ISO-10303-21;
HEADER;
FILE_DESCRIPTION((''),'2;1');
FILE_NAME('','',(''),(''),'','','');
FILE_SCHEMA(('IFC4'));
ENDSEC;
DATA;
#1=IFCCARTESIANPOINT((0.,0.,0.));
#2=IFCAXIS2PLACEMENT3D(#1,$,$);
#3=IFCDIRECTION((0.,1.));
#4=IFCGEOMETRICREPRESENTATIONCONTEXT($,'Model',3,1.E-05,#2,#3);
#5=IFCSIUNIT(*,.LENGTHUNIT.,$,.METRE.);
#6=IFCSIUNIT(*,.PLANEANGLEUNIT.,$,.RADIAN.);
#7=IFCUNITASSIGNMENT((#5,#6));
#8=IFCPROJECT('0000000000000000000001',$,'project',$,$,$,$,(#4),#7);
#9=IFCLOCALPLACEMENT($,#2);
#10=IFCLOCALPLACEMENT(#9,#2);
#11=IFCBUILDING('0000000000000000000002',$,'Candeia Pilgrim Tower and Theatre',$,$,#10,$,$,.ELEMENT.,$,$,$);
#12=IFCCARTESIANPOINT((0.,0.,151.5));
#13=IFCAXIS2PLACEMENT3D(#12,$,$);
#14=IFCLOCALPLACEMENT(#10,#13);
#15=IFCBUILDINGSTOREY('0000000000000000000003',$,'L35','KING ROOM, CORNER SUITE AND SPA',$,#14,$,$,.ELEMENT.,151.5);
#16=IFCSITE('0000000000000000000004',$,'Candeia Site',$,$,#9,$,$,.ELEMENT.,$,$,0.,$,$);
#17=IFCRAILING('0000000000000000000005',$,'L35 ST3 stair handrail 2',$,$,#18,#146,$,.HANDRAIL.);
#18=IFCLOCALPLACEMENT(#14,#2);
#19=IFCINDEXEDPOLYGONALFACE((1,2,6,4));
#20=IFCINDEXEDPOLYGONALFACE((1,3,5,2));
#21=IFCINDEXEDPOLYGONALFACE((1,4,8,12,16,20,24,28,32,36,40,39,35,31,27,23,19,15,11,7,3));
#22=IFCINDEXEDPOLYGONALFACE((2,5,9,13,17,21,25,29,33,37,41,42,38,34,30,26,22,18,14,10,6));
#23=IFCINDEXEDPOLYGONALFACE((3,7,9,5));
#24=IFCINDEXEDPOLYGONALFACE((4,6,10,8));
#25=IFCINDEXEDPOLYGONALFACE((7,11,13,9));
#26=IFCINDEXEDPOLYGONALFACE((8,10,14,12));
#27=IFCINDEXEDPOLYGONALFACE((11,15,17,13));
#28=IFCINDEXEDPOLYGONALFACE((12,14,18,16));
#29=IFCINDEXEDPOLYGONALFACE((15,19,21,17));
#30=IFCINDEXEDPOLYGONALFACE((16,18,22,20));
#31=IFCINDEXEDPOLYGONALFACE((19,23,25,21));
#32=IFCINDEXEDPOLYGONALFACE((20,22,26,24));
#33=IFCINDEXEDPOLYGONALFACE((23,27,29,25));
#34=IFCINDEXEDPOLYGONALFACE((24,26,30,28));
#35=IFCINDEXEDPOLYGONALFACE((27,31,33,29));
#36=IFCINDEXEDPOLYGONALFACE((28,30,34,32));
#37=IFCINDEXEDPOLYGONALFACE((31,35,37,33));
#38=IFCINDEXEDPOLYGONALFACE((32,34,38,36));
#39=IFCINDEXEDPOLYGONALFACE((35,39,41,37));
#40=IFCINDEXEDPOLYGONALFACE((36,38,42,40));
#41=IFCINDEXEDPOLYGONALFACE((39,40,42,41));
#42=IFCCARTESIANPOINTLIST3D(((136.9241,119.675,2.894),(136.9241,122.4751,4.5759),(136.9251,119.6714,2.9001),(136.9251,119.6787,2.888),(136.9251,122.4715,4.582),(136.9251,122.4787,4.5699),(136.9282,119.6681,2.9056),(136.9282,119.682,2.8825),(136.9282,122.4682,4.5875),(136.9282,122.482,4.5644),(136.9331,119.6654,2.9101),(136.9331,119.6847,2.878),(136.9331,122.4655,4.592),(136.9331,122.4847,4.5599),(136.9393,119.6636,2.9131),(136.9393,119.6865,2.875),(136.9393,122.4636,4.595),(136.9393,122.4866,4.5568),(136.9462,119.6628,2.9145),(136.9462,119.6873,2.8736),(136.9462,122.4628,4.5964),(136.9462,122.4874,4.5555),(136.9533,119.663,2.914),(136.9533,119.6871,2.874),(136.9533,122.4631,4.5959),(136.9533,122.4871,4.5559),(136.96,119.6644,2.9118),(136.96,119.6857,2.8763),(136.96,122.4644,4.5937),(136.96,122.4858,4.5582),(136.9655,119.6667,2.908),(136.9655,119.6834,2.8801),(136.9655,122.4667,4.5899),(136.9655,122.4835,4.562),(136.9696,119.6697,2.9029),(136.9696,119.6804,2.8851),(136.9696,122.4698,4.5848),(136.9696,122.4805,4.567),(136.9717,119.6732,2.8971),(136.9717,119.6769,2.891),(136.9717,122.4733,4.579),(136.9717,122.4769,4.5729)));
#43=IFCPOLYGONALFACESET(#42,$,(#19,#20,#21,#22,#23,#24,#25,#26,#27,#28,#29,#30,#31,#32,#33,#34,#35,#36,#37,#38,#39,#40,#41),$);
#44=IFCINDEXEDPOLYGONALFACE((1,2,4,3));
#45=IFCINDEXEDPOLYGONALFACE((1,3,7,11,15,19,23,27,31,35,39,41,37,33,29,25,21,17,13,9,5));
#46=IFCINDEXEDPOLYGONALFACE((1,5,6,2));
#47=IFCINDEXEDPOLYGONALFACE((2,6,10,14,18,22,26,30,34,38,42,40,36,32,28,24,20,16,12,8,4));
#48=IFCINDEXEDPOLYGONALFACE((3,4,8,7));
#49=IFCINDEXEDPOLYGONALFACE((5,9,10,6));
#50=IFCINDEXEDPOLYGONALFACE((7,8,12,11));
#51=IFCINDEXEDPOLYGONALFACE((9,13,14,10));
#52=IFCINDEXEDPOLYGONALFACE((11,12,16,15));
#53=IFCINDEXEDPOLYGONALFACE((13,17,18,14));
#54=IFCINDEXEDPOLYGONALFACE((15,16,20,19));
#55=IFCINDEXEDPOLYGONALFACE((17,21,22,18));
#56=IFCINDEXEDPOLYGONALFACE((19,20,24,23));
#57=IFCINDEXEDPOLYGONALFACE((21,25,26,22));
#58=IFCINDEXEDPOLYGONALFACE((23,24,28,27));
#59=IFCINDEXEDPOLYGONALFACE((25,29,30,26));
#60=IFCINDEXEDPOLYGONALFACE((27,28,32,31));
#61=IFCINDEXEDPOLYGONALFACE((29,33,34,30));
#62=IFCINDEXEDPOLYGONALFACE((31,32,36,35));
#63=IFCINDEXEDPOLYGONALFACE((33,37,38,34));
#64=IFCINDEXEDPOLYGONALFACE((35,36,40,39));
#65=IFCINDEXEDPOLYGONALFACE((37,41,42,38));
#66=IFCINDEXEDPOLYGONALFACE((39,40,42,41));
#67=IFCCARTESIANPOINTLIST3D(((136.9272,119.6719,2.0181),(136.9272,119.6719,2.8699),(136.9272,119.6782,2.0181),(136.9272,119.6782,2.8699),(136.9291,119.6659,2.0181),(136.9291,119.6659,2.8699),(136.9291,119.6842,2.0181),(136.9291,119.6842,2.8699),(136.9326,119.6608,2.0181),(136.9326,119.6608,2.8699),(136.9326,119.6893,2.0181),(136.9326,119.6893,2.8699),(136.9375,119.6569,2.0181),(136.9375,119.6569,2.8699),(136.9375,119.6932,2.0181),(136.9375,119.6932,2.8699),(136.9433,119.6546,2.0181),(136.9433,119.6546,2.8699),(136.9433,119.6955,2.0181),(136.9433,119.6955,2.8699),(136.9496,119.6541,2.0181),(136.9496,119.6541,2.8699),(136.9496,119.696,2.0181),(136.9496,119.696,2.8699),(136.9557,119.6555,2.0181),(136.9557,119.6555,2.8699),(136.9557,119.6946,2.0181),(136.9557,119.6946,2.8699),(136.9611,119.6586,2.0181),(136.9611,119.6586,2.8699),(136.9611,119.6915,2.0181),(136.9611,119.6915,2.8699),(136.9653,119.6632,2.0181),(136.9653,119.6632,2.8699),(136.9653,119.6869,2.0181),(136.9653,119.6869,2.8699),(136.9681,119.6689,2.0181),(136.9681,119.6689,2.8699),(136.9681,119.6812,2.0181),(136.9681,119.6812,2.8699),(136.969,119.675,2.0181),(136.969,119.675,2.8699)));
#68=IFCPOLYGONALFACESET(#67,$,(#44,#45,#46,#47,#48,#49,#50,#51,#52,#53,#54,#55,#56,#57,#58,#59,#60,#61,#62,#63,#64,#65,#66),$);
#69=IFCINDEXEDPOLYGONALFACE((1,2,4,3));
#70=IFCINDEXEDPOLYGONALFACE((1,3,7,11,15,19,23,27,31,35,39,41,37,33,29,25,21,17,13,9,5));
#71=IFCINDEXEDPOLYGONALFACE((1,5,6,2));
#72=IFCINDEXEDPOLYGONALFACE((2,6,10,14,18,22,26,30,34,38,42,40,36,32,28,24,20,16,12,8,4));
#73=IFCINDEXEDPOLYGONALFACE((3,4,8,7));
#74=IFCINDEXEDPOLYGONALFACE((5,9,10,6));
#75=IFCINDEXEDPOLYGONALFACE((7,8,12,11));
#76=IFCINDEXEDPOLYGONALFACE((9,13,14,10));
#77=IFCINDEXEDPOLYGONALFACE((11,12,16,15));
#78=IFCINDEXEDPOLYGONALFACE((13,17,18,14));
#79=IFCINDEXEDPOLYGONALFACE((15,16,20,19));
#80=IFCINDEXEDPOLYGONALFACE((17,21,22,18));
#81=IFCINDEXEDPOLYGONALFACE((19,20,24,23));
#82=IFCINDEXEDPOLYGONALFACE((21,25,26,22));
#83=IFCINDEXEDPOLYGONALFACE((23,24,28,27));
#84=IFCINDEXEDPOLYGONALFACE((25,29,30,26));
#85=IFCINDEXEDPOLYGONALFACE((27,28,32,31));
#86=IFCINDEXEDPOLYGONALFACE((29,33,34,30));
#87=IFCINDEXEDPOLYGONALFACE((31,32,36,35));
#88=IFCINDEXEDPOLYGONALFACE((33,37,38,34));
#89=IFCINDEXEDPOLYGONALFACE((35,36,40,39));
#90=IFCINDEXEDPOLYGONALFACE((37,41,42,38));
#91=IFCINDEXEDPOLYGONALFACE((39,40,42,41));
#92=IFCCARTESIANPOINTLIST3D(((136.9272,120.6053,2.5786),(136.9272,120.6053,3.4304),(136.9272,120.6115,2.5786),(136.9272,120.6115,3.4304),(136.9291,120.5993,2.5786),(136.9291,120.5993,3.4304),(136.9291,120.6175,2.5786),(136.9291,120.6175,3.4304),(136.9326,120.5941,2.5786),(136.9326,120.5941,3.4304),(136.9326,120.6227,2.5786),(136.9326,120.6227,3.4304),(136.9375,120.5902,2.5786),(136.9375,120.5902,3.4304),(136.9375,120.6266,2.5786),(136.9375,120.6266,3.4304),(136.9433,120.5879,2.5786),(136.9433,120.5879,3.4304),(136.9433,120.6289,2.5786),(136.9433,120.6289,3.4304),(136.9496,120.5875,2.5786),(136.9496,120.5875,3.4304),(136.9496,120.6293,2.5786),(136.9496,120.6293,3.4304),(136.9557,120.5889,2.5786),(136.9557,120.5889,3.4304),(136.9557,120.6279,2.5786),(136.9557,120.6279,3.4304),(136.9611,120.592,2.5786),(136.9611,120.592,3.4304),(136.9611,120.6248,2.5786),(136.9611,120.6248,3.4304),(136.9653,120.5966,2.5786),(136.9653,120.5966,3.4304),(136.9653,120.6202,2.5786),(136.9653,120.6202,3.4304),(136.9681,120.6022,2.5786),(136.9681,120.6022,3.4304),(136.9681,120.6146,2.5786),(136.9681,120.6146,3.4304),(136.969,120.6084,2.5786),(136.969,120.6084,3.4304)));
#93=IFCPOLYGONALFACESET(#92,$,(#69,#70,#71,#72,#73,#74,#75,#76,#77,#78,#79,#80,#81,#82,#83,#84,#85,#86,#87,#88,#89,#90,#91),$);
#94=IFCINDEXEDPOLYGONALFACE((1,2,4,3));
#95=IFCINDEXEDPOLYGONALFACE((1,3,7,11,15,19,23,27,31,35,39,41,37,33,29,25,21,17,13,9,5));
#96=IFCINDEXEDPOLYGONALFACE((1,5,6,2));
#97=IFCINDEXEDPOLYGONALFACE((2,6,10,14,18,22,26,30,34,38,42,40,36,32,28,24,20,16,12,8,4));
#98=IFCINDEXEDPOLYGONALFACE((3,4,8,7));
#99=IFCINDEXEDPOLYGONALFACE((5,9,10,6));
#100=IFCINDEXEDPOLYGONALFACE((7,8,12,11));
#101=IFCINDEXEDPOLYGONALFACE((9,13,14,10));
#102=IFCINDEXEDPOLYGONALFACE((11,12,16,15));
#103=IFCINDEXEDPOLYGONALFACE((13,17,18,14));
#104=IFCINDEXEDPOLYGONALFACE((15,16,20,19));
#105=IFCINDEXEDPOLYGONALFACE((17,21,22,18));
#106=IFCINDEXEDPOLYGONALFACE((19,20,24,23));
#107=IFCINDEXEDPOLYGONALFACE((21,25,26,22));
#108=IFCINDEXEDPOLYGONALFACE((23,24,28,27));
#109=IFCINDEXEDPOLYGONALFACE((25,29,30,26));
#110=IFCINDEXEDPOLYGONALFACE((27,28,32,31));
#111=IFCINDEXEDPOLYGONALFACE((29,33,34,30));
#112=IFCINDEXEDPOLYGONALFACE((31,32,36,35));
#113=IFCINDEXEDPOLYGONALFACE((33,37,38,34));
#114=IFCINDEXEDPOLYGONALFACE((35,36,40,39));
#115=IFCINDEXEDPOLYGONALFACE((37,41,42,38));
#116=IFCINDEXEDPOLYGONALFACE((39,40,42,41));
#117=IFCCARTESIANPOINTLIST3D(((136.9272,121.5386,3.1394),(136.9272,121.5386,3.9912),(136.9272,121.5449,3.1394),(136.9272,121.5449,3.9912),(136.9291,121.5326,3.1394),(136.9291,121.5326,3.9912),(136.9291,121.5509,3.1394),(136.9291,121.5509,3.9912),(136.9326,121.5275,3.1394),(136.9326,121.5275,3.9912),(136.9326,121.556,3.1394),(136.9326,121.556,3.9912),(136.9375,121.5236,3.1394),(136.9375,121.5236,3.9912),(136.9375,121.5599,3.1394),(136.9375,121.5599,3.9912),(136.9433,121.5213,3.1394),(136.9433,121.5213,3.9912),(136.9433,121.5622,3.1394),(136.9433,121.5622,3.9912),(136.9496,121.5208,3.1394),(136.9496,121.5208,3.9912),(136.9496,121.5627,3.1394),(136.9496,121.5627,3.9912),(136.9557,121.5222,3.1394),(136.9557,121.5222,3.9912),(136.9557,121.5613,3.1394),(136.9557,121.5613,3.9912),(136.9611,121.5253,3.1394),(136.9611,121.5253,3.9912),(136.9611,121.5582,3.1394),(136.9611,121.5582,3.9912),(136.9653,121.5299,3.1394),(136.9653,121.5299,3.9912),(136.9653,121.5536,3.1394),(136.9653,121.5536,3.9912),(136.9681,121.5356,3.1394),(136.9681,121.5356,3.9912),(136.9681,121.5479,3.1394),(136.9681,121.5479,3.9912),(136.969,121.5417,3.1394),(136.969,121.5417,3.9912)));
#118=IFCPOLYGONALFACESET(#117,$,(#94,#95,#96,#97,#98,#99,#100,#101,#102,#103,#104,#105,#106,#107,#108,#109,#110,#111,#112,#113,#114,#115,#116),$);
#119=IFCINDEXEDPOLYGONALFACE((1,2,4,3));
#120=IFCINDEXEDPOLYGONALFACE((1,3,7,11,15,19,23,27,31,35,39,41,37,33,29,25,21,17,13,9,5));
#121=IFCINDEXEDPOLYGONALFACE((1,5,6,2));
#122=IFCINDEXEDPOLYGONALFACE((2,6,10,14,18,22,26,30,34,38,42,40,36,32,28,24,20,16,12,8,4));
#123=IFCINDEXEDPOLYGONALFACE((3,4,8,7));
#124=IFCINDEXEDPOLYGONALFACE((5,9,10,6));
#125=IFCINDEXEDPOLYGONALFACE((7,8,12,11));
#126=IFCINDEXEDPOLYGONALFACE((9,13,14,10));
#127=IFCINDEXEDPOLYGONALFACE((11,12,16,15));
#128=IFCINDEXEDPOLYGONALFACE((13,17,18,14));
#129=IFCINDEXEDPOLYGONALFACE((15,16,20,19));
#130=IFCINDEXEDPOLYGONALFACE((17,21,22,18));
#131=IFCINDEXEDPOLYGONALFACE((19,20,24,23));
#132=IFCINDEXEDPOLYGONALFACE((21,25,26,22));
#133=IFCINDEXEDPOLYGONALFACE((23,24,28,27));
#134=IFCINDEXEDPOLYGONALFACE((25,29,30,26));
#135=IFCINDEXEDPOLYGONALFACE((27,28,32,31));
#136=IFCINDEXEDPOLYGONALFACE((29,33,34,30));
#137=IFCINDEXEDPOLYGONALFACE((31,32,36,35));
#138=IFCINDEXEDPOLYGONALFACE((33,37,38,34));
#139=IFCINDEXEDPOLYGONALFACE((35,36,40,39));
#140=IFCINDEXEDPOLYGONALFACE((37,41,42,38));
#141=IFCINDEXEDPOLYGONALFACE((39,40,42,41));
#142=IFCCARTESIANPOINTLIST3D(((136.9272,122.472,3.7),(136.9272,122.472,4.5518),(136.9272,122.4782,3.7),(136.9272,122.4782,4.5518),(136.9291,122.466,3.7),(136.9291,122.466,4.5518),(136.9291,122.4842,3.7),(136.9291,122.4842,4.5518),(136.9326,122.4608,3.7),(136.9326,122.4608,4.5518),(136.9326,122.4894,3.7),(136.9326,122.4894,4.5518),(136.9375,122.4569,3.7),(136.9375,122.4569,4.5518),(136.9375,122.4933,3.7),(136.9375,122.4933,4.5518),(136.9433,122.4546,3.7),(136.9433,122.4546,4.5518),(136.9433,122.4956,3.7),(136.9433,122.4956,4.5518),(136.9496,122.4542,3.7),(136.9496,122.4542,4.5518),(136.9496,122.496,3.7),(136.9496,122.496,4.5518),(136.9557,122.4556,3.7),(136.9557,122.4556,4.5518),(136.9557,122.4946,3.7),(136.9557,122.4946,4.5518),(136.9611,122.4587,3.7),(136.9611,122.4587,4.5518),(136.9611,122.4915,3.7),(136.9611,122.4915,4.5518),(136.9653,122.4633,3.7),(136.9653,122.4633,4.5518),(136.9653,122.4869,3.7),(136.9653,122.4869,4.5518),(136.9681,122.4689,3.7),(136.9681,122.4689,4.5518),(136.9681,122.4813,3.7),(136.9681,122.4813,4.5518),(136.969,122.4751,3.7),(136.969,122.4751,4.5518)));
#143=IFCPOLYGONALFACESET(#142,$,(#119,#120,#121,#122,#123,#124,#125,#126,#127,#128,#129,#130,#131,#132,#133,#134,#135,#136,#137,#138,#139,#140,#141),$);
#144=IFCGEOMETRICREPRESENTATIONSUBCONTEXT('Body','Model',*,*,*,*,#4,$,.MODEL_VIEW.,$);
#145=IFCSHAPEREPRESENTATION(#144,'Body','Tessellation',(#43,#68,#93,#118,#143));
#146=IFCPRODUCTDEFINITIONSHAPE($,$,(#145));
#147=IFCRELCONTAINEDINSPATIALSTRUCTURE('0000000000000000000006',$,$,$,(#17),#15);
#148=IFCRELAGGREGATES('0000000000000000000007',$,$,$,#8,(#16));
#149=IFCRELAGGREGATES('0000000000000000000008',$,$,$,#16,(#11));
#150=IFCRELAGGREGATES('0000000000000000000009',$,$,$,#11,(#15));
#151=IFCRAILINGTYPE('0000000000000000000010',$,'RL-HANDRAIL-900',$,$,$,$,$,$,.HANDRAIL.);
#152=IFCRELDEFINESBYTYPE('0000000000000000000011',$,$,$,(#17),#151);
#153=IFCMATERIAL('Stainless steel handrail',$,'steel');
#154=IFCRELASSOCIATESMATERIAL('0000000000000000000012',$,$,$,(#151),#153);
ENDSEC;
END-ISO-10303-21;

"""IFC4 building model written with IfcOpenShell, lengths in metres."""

from ifc_helpers import new_model, si_unit, direction, frame, origin, origin_2d, place, context, subcontext, project, spatial, circle, extrude, material, type_object, element, save


model = new_model("IFC4")

# Units and contexts
model_context = context("Model", 3, precision=1e-05, world=origin(), true_north=direction((0.0, 1.0)))
body_context = subcontext(model_context, "Body", "Model", "MODEL_VIEW")
ifc_project = project(units=[si_unit("LENGTHUNIT", "METRE"), si_unit("PLANEANGLEUNIT", "RADIAN")], contexts=[model_context])

# Site, building, storey
site_placement = place(None, origin())
site = spatial("IfcSite", under=ifc_project, at=site_placement, Name="Candeia Site", CompositionType="ELEMENT", RefElevation=0.0)
building_placement = place(site_placement, origin())
building = spatial("IfcBuilding", under=site, at=building_placement, Name="Candeia Pilgrim Tower and Theatre", CompositionType="ELEMENT")
storey_placement = place(building_placement, frame((0.0, 0.0, 151.5)))
storey = spatial("IfcBuildingStorey", under=building, at=storey_placement, Name="L35", Description="KING ROOM, CORNER SUITE AND SPA", CompositionType="ELEMENT", Elevation=151.5)

# Railing
ifc_material_1 = material(Name="Stainless steel handrail", Category="steel")
railing_type_1 = type_object("IfcRailingType", Name="RL-HANDRAIL-900", PredefinedType="HANDRAIL", material=ifc_material_1)
railing_1_placement = place(storey_placement, frame((136.948, 119.675, 2.0181)))
element("IfcRailing", 1, at=railing_1_placement, inside=storey, type_object=railing_type_1, Name="L35 ST3 stair handrail 2", PredefinedType="HANDRAIL", context=body_context, shape_type="SweptSolid", body=[
    extrude(circle(Radius=0.0239, at=origin_2d()), frame((0.0, 0.0, 0.876), z_axis=(0.0, 0.857242, 0.514913), x_axis=(-1.0, 0.0, 0.0)), (0.0, 0.0, 1.0), 3.2664),
    extrude(circle(Radius=0.021, at=origin_2d()), origin(), (0.0, 0.0, 1.0), 0.8518),
    extrude(circle(Radius=0.021, at=origin_2d()), frame((0.0, 0.9333, 0.5605)), (0.0, 0.0, 1.0), 0.8518),
    extrude(circle(Radius=0.021, at=origin_2d()), frame((0.0, 1.8667, 1.1213)), (0.0, 0.0, 1.0), 0.8518),
    extrude(circle(Radius=0.021, at=origin_2d()), frame((0.0, 2.8, 1.6819)), (0.0, 0.0, 1.0), 0.8518),
])

save(model, "model.ifc")
